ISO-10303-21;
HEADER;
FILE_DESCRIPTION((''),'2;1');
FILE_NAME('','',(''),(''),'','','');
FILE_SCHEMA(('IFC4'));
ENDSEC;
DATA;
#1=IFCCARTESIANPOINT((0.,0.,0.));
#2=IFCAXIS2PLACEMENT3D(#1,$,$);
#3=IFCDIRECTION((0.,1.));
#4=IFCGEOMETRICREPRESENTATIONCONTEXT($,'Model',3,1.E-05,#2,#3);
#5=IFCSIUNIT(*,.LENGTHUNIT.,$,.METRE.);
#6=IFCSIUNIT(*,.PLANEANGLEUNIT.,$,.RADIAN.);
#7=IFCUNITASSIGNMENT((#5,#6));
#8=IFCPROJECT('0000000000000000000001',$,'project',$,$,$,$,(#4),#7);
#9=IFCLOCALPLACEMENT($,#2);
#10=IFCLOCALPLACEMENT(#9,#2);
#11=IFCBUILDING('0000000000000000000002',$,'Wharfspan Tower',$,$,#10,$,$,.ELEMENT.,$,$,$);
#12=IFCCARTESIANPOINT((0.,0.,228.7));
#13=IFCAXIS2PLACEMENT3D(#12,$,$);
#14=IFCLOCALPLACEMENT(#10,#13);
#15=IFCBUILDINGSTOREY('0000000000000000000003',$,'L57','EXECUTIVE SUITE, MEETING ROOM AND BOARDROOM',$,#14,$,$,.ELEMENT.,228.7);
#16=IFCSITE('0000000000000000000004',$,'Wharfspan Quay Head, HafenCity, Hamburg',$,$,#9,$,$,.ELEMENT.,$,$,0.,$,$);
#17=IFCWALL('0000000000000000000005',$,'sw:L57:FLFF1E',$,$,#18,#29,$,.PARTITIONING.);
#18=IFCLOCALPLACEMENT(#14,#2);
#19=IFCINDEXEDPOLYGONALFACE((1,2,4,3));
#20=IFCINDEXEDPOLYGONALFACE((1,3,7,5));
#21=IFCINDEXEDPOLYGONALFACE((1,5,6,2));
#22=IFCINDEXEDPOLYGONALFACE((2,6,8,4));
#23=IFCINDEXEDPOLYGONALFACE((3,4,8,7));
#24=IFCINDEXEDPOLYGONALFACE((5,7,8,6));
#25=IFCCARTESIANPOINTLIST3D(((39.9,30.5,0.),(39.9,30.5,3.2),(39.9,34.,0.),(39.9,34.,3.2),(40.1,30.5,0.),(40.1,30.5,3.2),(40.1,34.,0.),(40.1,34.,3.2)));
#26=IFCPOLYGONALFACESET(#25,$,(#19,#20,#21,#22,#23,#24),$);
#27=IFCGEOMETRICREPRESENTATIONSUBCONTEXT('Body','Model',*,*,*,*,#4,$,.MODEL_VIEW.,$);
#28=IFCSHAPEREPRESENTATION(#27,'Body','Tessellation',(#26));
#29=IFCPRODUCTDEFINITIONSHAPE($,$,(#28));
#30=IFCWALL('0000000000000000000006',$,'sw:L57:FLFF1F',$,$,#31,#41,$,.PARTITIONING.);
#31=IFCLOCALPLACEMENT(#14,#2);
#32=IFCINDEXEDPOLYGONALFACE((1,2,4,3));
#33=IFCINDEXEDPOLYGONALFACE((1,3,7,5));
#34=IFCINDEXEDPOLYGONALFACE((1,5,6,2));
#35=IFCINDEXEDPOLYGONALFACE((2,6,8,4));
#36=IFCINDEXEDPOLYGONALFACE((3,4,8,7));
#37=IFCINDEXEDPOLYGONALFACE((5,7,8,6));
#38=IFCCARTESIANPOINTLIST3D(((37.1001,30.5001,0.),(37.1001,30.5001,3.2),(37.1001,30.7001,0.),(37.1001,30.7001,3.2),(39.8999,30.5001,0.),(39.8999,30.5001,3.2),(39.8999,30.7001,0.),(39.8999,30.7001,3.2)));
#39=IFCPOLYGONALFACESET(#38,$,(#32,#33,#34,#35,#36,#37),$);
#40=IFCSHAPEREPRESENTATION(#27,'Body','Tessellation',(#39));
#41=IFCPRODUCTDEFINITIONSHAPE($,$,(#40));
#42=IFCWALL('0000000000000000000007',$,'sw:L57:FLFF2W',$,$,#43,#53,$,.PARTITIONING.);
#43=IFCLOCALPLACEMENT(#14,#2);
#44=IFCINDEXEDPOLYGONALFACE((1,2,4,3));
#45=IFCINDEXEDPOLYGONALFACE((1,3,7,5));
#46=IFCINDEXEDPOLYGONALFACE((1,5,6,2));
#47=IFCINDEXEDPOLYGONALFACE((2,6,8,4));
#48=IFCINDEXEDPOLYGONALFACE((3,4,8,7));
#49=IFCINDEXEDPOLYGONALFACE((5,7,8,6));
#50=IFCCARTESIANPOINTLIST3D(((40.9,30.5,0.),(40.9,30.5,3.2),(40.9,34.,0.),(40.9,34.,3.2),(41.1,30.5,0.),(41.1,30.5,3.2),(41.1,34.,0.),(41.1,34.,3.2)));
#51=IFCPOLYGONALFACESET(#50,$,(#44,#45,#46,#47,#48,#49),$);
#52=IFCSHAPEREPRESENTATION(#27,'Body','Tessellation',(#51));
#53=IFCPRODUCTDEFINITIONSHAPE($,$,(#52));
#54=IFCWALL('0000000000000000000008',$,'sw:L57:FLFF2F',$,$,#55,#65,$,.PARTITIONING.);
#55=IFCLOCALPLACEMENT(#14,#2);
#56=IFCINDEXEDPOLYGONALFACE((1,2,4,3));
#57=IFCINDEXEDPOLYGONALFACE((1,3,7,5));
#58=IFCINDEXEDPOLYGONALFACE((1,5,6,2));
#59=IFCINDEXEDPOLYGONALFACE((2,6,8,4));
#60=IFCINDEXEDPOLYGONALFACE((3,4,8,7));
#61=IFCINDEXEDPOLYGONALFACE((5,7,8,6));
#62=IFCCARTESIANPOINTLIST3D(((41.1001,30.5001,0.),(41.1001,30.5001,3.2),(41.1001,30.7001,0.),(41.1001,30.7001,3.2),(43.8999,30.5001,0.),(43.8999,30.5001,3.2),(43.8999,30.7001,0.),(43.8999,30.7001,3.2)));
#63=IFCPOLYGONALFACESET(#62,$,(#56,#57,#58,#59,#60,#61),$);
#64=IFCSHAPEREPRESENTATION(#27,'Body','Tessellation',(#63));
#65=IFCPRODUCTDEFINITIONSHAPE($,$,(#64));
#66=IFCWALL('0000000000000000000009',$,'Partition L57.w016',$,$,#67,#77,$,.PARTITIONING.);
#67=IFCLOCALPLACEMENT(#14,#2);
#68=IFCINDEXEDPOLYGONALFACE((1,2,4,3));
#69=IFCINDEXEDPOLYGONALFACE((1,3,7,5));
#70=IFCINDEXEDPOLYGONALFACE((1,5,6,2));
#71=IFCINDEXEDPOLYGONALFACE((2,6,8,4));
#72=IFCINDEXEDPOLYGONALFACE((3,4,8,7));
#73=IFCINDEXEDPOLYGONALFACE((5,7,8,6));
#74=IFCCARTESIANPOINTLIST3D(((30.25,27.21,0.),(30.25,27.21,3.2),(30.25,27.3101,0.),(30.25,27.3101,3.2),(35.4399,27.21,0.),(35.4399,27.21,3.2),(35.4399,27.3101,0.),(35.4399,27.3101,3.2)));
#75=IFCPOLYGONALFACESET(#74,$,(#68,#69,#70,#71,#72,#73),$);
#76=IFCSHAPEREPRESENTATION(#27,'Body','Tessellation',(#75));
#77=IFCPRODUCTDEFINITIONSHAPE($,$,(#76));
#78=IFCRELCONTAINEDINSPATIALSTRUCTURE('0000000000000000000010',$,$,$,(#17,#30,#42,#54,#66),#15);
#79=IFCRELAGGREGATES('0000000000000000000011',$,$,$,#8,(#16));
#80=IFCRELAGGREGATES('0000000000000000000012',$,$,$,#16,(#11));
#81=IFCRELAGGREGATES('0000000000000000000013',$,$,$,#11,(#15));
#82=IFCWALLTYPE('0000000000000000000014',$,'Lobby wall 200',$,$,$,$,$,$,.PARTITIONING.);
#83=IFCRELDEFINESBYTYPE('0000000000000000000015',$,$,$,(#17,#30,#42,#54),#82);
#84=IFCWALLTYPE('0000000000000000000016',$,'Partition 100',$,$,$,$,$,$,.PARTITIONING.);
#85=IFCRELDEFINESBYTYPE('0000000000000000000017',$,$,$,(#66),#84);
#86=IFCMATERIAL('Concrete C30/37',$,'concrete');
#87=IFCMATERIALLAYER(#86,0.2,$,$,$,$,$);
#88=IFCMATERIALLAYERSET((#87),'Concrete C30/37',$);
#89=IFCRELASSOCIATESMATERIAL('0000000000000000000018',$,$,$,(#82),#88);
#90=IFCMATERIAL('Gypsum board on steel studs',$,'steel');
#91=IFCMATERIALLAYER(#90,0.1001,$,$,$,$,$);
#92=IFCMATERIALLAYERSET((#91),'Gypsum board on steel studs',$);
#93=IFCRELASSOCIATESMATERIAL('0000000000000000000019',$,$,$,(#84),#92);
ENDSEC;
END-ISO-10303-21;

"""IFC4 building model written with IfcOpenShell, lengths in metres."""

from ifc_helpers import new_model, si_unit, direction, frame, frame_2d, origin, place, context, subcontext, project, spatial, rectangle, extrude, material, layer, layer_set, type_object, element, save


model = new_model("IFC4")

# Units and contexts
model_context = context("Model", 3, precision=1e-05, world=origin(), true_north=direction((0.0, 1.0)))
body_context = subcontext(model_context, "Body", "Model", "MODEL_VIEW")
ifc_project = project(units=[si_unit("LENGTHUNIT", "METRE"), si_unit("PLANEANGLEUNIT", "RADIAN")], contexts=[model_context])

# Site, building, storey
site_placement = place(None, origin())
site = spatial("IfcSite", under=ifc_project, at=site_placement, Name="Wharfspan Quay Head, HafenCity, Hamburg", CompositionType="ELEMENT", RefElevation=0.0)
building_placement = place(site_placement, origin())
building = spatial("IfcBuilding", under=site, at=building_placement, Name="Wharfspan Tower", CompositionType="ELEMENT")
storey_placement = place(building_placement, frame((0.0, 0.0, 228.7)))
storey = spatial("IfcBuildingStorey", under=building, at=storey_placement, Name="L57", Description="EXECUTIVE SUITE, MEETING ROOM AND BOARDROOM", CompositionType="ELEMENT", Elevation=228.7)

# Shared definitions
ifc_material_1 = material(Name="Gypsum board on steel studs", Category="steel")

# Shared definitions
ifc_material_2 = material(Name="Concrete C30/37", Category="concrete")
ifc_layer_1 = layer(ifc_material_2, 0.2)
ifc_layer_set_1 = layer_set([ifc_layer_1], Name="Concrete C30/37")
wall_type_1 = type_object("IfcWallType", Name="Lobby wall 200", PredefinedType="PARTITIONING", material=ifc_layer_set_1)

# Walls
wall_1_placement = place(storey_placement, frame((40.0, 30.5, 0.0), z_axis=(0.0, 0.0, 1.0), x_axis=(0.0, 1.0, 0.0)))
element("IfcWall", 1, at=wall_1_placement, inside=storey, type_object=wall_type_1, Name="sw:L57:FLFF1E", PredefinedType="PARTITIONING", context=body_context, shape_type="SweptSolid", body=[
    extrude(rectangle(XDim=3.5, YDim=0.2, at=frame_2d((1.75, 0.0))), origin(), (0.0, 0.0, 1.0), 3.2),
])
wall_2_placement = place(storey_placement, frame((37.1001, 30.6001, 0.0), z_axis=(0.0, 0.0, 1.0), x_axis=(1.0, 0.0, 0.0)))
element("IfcWall", 2, at=wall_2_placement, inside=storey, type_object=wall_type_1, Name="sw:L57:FLFF1F", PredefinedType="PARTITIONING", context=body_context, shape_type="SweptSolid", body=[
    extrude(rectangle(XDim=2.7998, YDim=0.2, at=frame_2d((1.3999, 0.0))), origin(), (0.0, 0.0, 1.0), 3.2),
])
wall_3_placement = place(storey_placement, frame((41.0, 30.5, 0.0), z_axis=(0.0, 0.0, 1.0), x_axis=(0.0, 1.0, 0.0)))
element("IfcWall", 3, at=wall_3_placement, inside=storey, type_object=wall_type_1, Name="sw:L57:FLFF2W", PredefinedType="PARTITIONING", context=body_context, shape_type="SweptSolid", body=[
    extrude(rectangle(XDim=3.5, YDim=0.2, at=frame_2d((1.75, 0.0))), origin(), (0.0, 0.0, 1.0), 3.2),
])
wall_4_placement = place(storey_placement, frame((41.1001, 30.6001, 0.0), z_axis=(0.0, 0.0, 1.0), x_axis=(1.0, 0.0, 0.0)))
element("IfcWall", 4, at=wall_4_placement, inside=storey, type_object=wall_type_1, Name="sw:L57:FLFF2F", PredefinedType="PARTITIONING", context=body_context, shape_type="SweptSolid", body=[
    extrude(rectangle(XDim=2.7998, YDim=0.2, at=frame_2d((1.3999, 0.0))), origin(), (0.0, 0.0, 1.0), 3.2),
])
ifc_layer_2 = layer(ifc_material_1, 0.1001)
ifc_layer_set_2 = layer_set([ifc_layer_2], Name="Gypsum board on steel studs")
wall_type_2 = type_object("IfcWallType", Name="Partition 100", PredefinedType="PARTITIONING", material=ifc_layer_set_2)
wall_5_placement = place(storey_placement, frame((30.25, 27.26, 0.0), z_axis=(0.0, 0.0, 1.0), x_axis=(1.0, 0.0, 0.0)))
element("IfcWall", 5, at=wall_5_placement, inside=storey, type_object=wall_type_2, Name="Partition L57.w016", PredefinedType="PARTITIONING", context=body_context, shape_type="SweptSolid", body=[
    extrude(rectangle(XDim=5.1899, YDim=0.1001, at=frame_2d((2.595, 0.0))), origin(), (0.0, 0.0, 1.0), 3.2),
])

save(model, "model.ifc")
